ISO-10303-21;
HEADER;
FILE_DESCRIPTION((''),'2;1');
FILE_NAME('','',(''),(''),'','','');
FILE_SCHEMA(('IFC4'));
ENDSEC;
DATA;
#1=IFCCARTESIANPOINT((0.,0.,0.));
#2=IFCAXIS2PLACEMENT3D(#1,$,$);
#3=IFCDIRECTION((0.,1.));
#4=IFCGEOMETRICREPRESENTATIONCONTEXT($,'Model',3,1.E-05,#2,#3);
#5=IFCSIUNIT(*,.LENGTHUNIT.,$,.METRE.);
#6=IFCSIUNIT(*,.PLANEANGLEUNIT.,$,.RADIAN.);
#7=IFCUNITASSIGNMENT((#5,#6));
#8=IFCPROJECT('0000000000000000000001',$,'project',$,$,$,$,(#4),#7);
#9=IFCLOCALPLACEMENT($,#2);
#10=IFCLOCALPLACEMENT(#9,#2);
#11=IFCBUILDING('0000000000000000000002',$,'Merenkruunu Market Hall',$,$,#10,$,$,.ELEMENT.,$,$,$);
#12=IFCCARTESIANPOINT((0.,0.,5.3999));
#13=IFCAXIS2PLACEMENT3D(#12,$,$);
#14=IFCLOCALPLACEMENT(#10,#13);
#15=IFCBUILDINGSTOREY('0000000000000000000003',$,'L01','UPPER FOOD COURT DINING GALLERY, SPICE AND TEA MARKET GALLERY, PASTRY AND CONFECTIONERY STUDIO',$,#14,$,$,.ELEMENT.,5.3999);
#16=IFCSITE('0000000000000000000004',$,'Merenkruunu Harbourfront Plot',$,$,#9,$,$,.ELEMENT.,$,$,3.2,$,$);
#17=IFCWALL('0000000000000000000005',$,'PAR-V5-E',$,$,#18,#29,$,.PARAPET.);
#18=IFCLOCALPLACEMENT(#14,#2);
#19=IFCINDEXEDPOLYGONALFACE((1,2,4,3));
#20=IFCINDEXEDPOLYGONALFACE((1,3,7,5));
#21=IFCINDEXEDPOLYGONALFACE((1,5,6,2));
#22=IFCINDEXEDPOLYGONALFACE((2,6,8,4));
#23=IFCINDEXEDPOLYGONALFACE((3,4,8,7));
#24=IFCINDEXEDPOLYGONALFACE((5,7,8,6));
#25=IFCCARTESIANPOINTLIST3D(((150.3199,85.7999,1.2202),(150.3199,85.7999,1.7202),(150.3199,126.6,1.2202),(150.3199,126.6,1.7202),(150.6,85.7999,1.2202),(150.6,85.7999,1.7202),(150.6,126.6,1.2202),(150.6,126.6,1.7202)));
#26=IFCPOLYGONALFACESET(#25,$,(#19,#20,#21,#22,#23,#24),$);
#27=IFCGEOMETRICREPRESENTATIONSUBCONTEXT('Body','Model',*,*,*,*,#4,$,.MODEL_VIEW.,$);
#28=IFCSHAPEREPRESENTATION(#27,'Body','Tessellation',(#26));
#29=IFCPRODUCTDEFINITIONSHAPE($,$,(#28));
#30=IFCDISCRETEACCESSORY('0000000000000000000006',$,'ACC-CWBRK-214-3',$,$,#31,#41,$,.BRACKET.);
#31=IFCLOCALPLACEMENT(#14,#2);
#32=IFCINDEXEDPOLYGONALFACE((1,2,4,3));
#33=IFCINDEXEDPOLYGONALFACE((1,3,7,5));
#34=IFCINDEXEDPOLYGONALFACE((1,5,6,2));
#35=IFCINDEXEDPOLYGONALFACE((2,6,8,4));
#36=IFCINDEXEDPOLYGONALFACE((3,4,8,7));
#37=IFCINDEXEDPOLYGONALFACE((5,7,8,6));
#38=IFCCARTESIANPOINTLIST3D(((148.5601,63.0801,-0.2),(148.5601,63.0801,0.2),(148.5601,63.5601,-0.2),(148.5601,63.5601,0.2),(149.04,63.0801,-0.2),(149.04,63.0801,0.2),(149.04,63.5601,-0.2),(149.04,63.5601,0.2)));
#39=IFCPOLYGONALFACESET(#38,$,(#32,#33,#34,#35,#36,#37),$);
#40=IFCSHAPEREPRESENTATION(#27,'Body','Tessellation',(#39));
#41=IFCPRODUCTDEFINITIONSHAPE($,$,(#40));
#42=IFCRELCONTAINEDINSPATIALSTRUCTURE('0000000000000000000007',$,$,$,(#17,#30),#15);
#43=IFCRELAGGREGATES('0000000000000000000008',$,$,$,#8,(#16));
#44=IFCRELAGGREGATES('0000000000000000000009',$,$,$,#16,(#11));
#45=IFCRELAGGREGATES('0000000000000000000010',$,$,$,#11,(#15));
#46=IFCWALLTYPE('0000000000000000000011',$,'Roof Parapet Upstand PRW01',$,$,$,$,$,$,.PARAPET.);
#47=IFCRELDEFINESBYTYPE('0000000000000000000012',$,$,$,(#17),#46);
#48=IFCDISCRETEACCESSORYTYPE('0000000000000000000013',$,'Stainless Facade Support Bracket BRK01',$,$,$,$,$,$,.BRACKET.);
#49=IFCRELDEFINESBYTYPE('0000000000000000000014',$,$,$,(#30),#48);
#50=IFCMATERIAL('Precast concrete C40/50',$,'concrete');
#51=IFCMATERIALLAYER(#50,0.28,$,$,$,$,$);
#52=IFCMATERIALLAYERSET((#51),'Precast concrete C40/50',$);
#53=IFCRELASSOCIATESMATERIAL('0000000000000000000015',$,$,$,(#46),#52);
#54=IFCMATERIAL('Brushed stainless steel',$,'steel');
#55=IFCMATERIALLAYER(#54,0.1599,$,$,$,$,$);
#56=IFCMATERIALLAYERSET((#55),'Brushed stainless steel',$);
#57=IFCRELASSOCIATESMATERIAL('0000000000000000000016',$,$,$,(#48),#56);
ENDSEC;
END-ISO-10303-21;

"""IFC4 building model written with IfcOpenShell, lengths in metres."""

from ifc_helpers import new_model, si_unit, direction, frame, frame_2d, origin, origin_2d, place, context, subcontext, project, spatial, rectangle, extrude, material, layer, layer_set, type_object, element, save


model = new_model("IFC4")

# Units and contexts
model_context = context("Model", 3, precision=1e-05, world=origin(), true_north=direction((0.0, 1.0)))
body_context = subcontext(model_context, "Body", "Model", "MODEL_VIEW")
ifc_project = project(units=[si_unit("LENGTHUNIT", "METRE"), si_unit("PLANEANGLEUNIT", "RADIAN")], contexts=[model_context])

# Site, building, storey
site_placement = place(None, origin())
site = spatial("IfcSite", under=ifc_project, at=site_placement, Name="Merenkruunu Harbourfront Plot", CompositionType="ELEMENT", RefElevation=3.2)
building_placement = place(site_placement, origin())
building = spatial("IfcBuilding", under=site, at=building_placement, Name="Merenkruunu Market Hall", CompositionType="ELEMENT")
storey_placement = place(building_placement, frame((0.0, 0.0, 5.3999)))
storey = spatial("IfcBuildingStorey", under=building, at=storey_placement, Name="L01", Description="UPPER FOOD COURT DINING GALLERY, SPICE AND TEA MARKET GALLERY, PASTRY AND CONFECTIONERY STUDIO", CompositionType="ELEMENT", Elevation=5.3999)

# Shared definitions
ifc_material_1 = material(Name="Precast concrete C40/50", Category="concrete")

# Wall
ifc_layer_1 = layer(ifc_material_1, 0.28)
ifc_layer_set_1 = layer_set([ifc_layer_1], Name="Precast concrete C40/50")
wall_type_1 = type_object("IfcWallType", Name="Roof Parapet Upstand PRW01", PredefinedType="PARAPET", material=ifc_layer_set_1)
wall_1_placement = place(storey_placement, frame((150.46, 85.8, 1.2202), z_axis=(0.0, 0.0, 1.0), x_axis=(0.0, 1.0, 0.0)))
element("IfcWall", 1, at=wall_1_placement, inside=storey, type_object=wall_type_1, Name="PAR-V5-E", PredefinedType="PARAPET", context=body_context, shape_type="SweptSolid", body=[
    extrude(rectangle(XDim=40.8, YDim=0.28, at=frame_2d((20.3999, 0.0))), origin(), (0.0, 0.0, 1.0), 0.5),
])

# Discrete accessory
ifc_material_2 = material(Name="Brushed stainless steel", Category="steel")
ifc_layer_2 = layer(ifc_material_2, 0.1599)
ifc_layer_set_2 = layer_set([ifc_layer_2], Name="Brushed stainless steel")
discrete_accessory_type = type_object("IfcDiscreteAccessoryType", Name="Stainless Facade Support Bracket BRK01", PredefinedType="BRACKET", material=ifc_layer_set_2)
discrete_accessory_placement = place(storey_placement, frame((148.8, 63.3201, -0.2), z_axis=(0.0, 0.0, 1.0), x_axis=(1.0, 0.0, 0.0)))
element("IfcDiscreteAccessory", 2, at=discrete_accessory_placement, inside=storey, type_object=discrete_accessory_type, Name="ACC-CWBRK-214-3", PredefinedType="BRACKET", context=body_context, shape_type="SweptSolid", body=[
    extrude(rectangle(XDim=0.48, YDim=0.48, at=origin_2d()), origin(), (0.0, 0.0, 1.0), 0.3999),
])

save(model, "model.ifc")
